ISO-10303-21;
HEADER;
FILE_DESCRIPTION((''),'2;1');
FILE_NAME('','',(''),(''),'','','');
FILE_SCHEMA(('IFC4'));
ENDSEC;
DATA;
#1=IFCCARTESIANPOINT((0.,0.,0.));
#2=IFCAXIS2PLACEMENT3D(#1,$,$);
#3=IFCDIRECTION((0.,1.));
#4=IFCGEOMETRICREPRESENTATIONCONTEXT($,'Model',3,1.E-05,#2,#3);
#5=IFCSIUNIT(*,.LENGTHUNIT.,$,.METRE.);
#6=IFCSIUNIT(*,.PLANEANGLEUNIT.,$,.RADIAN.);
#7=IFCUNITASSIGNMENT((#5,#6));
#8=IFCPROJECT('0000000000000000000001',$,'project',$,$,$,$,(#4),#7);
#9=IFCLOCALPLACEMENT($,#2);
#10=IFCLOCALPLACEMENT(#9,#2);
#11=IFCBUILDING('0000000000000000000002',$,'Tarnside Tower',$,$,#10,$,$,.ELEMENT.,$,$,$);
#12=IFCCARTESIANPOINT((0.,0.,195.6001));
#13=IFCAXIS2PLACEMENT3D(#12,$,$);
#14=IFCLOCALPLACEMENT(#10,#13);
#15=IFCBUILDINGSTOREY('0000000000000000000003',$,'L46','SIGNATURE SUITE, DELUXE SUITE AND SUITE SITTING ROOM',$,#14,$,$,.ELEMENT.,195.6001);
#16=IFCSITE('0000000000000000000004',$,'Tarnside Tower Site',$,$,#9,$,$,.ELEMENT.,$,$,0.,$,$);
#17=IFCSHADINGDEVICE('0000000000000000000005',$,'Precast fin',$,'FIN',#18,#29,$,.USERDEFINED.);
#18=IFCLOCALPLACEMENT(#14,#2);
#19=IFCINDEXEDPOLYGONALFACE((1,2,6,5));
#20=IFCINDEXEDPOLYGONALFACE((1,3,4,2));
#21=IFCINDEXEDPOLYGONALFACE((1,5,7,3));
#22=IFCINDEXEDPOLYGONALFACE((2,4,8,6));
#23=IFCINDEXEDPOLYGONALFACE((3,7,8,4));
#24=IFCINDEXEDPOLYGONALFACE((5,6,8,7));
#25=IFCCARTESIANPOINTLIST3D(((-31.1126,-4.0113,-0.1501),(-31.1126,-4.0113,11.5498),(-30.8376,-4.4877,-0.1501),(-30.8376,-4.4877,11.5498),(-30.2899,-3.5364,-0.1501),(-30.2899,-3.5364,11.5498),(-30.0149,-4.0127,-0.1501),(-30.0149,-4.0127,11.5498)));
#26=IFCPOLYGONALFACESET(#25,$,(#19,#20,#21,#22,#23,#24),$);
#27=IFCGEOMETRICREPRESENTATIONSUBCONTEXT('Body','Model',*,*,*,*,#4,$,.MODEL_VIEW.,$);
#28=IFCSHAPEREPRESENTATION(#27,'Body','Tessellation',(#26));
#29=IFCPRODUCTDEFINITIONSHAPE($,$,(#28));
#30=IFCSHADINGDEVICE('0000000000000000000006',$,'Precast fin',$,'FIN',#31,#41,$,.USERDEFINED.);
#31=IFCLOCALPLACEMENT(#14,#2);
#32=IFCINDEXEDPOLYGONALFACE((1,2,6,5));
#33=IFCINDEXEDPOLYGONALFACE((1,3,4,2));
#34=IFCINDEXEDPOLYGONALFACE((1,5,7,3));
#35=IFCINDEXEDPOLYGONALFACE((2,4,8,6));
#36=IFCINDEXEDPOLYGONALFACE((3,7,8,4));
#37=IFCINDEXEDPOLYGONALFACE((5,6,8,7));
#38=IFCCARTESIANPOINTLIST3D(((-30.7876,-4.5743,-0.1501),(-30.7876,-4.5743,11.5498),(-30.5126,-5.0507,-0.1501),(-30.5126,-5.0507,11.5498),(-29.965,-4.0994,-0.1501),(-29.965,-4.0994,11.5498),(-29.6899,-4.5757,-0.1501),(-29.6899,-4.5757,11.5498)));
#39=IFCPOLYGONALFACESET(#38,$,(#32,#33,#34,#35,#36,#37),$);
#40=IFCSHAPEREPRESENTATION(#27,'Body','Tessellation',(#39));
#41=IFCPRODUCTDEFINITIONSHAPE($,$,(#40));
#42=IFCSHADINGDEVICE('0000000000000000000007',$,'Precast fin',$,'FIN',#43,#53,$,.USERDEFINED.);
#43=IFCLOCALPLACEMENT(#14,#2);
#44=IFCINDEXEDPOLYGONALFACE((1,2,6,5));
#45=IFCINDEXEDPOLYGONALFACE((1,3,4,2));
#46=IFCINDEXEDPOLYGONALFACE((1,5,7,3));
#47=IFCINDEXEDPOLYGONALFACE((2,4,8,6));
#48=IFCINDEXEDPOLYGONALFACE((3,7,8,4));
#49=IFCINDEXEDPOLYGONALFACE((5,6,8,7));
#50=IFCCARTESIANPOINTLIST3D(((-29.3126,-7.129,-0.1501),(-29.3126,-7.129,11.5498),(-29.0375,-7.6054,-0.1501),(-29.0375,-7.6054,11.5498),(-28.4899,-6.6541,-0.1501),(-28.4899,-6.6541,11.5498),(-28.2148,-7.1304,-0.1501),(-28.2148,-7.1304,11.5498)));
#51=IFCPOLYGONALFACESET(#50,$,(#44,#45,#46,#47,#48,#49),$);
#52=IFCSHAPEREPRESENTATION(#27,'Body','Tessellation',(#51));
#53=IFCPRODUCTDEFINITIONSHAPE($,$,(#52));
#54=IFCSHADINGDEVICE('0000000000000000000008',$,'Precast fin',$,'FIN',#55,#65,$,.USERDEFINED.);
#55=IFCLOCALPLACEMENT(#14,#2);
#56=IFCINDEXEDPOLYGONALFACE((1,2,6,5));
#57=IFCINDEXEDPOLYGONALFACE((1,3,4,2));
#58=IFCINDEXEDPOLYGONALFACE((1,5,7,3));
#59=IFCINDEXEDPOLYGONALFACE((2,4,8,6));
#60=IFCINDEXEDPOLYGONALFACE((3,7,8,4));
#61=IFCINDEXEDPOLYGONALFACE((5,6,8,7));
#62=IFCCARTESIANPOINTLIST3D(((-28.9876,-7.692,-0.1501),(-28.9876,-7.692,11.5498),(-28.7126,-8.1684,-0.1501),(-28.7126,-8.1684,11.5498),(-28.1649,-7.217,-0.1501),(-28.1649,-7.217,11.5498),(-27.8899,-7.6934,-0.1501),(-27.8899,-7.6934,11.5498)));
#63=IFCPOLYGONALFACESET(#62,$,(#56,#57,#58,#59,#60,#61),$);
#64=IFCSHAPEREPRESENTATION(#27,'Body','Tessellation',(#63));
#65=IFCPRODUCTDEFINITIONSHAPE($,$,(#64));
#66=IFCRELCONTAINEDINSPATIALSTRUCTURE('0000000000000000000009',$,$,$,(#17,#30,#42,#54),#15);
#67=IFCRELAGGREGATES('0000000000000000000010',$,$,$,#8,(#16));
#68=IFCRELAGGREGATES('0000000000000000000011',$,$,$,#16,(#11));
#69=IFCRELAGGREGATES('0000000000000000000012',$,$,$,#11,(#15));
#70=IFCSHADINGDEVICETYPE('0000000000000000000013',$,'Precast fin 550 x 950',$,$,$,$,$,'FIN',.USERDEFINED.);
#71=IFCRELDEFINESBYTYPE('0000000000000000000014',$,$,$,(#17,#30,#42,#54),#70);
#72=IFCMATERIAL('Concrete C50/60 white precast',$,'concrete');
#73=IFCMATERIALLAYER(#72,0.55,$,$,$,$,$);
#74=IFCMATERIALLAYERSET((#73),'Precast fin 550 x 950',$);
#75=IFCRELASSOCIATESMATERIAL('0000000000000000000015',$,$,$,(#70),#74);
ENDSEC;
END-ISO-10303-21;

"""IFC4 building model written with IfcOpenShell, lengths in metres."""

from ifc_helpers import new_model, si_unit, direction, frame, origin, place, context, subcontext, project, spatial, polyline, outline, extrude, material, layer, layer_set, type_object, element, save


model = new_model("IFC4")

# Units and contexts
model_context = context("Model", 3, precision=1e-05, world=origin(), true_north=direction((0.0, 1.0)))
body_context = subcontext(model_context, "Body", "Model", "MODEL_VIEW")
ifc_project = project(units=[si_unit("LENGTHUNIT", "METRE"), si_unit("PLANEANGLEUNIT", "RADIAN")], contexts=[model_context])

# Site, building, storey
site_placement = place(None, origin())
site = spatial("IfcSite", under=ifc_project, at=site_placement, Name="Tarnside Tower Site", CompositionType="ELEMENT", RefElevation=0.0)
building_placement = place(site_placement, origin())
building = spatial("IfcBuilding", under=site, at=building_placement, Name="Tarnside Tower", CompositionType="ELEMENT")
storey_placement = place(building_placement, frame((0.0, 0.0, 195.6001)))
storey = spatial("IfcBuildingStorey", under=building, at=storey_placement, Name="L46", Description="SIGNATURE SUITE, DELUXE SUITE AND SUITE SITTING ROOM", CompositionType="ELEMENT", Elevation=195.6001)

# Shading devices
ifc_material_1 = material(Name="Concrete C50/60 white precast", Category="concrete")
ifc_layer_1 = layer(ifc_material_1, 0.55)
ifc_layer_set_1 = layer_set([ifc_layer_1], Name="Precast fin 550 x 950")
shading_device_type_1 = type_object("IfcShadingDeviceType", Name="Precast fin 550 x 950", ElementType="FIN", PredefinedType="USERDEFINED", material=ifc_layer_set_1)
for number, where, z_axis, x_axis, name in (
    (1, (-30.1523, -3.7747, -0.1501), (-0.5, 0.866025, 0.0), (-0.866025, -0.5, 0.0), "Precast fin"),
    (2, (-29.8274, -4.3376, -0.1501), (-0.5, 0.866025, 0.0), (-0.866025, -0.5, 0.0), "Precast fin"),
    (3, (-28.3523, -6.8923, -0.1501), (-0.5, 0.866025, 0.0), (-0.866025, -0.5, 0.0), "Precast fin"),
    (4, (-28.0273, -7.4553, -0.1501), (-0.5, 0.866025, 0.0), (-0.866025, -0.5, 0.0), "Precast fin"),
):
    element("IfcShadingDevice", number, at=place(storey_placement, frame(where, z_axis=z_axis, x_axis=x_axis)), inside=storey, type_object=shading_device_type_1, Name=name, ObjectType="FIN", PredefinedType="USERDEFINED", context=body_context, shape_type="SweptSolid", body=[
        extrude(outline(polyline([(0.0, 0.0), (0.95, 0.0), (0.95, 11.7), (0.0, 11.7), (0.0, 0.0)])), frame((0.0, 0.0, -0.2749)), (0.0, 0.0, 1.0), 0.55),
    ])

save(model, "model.ifc")
